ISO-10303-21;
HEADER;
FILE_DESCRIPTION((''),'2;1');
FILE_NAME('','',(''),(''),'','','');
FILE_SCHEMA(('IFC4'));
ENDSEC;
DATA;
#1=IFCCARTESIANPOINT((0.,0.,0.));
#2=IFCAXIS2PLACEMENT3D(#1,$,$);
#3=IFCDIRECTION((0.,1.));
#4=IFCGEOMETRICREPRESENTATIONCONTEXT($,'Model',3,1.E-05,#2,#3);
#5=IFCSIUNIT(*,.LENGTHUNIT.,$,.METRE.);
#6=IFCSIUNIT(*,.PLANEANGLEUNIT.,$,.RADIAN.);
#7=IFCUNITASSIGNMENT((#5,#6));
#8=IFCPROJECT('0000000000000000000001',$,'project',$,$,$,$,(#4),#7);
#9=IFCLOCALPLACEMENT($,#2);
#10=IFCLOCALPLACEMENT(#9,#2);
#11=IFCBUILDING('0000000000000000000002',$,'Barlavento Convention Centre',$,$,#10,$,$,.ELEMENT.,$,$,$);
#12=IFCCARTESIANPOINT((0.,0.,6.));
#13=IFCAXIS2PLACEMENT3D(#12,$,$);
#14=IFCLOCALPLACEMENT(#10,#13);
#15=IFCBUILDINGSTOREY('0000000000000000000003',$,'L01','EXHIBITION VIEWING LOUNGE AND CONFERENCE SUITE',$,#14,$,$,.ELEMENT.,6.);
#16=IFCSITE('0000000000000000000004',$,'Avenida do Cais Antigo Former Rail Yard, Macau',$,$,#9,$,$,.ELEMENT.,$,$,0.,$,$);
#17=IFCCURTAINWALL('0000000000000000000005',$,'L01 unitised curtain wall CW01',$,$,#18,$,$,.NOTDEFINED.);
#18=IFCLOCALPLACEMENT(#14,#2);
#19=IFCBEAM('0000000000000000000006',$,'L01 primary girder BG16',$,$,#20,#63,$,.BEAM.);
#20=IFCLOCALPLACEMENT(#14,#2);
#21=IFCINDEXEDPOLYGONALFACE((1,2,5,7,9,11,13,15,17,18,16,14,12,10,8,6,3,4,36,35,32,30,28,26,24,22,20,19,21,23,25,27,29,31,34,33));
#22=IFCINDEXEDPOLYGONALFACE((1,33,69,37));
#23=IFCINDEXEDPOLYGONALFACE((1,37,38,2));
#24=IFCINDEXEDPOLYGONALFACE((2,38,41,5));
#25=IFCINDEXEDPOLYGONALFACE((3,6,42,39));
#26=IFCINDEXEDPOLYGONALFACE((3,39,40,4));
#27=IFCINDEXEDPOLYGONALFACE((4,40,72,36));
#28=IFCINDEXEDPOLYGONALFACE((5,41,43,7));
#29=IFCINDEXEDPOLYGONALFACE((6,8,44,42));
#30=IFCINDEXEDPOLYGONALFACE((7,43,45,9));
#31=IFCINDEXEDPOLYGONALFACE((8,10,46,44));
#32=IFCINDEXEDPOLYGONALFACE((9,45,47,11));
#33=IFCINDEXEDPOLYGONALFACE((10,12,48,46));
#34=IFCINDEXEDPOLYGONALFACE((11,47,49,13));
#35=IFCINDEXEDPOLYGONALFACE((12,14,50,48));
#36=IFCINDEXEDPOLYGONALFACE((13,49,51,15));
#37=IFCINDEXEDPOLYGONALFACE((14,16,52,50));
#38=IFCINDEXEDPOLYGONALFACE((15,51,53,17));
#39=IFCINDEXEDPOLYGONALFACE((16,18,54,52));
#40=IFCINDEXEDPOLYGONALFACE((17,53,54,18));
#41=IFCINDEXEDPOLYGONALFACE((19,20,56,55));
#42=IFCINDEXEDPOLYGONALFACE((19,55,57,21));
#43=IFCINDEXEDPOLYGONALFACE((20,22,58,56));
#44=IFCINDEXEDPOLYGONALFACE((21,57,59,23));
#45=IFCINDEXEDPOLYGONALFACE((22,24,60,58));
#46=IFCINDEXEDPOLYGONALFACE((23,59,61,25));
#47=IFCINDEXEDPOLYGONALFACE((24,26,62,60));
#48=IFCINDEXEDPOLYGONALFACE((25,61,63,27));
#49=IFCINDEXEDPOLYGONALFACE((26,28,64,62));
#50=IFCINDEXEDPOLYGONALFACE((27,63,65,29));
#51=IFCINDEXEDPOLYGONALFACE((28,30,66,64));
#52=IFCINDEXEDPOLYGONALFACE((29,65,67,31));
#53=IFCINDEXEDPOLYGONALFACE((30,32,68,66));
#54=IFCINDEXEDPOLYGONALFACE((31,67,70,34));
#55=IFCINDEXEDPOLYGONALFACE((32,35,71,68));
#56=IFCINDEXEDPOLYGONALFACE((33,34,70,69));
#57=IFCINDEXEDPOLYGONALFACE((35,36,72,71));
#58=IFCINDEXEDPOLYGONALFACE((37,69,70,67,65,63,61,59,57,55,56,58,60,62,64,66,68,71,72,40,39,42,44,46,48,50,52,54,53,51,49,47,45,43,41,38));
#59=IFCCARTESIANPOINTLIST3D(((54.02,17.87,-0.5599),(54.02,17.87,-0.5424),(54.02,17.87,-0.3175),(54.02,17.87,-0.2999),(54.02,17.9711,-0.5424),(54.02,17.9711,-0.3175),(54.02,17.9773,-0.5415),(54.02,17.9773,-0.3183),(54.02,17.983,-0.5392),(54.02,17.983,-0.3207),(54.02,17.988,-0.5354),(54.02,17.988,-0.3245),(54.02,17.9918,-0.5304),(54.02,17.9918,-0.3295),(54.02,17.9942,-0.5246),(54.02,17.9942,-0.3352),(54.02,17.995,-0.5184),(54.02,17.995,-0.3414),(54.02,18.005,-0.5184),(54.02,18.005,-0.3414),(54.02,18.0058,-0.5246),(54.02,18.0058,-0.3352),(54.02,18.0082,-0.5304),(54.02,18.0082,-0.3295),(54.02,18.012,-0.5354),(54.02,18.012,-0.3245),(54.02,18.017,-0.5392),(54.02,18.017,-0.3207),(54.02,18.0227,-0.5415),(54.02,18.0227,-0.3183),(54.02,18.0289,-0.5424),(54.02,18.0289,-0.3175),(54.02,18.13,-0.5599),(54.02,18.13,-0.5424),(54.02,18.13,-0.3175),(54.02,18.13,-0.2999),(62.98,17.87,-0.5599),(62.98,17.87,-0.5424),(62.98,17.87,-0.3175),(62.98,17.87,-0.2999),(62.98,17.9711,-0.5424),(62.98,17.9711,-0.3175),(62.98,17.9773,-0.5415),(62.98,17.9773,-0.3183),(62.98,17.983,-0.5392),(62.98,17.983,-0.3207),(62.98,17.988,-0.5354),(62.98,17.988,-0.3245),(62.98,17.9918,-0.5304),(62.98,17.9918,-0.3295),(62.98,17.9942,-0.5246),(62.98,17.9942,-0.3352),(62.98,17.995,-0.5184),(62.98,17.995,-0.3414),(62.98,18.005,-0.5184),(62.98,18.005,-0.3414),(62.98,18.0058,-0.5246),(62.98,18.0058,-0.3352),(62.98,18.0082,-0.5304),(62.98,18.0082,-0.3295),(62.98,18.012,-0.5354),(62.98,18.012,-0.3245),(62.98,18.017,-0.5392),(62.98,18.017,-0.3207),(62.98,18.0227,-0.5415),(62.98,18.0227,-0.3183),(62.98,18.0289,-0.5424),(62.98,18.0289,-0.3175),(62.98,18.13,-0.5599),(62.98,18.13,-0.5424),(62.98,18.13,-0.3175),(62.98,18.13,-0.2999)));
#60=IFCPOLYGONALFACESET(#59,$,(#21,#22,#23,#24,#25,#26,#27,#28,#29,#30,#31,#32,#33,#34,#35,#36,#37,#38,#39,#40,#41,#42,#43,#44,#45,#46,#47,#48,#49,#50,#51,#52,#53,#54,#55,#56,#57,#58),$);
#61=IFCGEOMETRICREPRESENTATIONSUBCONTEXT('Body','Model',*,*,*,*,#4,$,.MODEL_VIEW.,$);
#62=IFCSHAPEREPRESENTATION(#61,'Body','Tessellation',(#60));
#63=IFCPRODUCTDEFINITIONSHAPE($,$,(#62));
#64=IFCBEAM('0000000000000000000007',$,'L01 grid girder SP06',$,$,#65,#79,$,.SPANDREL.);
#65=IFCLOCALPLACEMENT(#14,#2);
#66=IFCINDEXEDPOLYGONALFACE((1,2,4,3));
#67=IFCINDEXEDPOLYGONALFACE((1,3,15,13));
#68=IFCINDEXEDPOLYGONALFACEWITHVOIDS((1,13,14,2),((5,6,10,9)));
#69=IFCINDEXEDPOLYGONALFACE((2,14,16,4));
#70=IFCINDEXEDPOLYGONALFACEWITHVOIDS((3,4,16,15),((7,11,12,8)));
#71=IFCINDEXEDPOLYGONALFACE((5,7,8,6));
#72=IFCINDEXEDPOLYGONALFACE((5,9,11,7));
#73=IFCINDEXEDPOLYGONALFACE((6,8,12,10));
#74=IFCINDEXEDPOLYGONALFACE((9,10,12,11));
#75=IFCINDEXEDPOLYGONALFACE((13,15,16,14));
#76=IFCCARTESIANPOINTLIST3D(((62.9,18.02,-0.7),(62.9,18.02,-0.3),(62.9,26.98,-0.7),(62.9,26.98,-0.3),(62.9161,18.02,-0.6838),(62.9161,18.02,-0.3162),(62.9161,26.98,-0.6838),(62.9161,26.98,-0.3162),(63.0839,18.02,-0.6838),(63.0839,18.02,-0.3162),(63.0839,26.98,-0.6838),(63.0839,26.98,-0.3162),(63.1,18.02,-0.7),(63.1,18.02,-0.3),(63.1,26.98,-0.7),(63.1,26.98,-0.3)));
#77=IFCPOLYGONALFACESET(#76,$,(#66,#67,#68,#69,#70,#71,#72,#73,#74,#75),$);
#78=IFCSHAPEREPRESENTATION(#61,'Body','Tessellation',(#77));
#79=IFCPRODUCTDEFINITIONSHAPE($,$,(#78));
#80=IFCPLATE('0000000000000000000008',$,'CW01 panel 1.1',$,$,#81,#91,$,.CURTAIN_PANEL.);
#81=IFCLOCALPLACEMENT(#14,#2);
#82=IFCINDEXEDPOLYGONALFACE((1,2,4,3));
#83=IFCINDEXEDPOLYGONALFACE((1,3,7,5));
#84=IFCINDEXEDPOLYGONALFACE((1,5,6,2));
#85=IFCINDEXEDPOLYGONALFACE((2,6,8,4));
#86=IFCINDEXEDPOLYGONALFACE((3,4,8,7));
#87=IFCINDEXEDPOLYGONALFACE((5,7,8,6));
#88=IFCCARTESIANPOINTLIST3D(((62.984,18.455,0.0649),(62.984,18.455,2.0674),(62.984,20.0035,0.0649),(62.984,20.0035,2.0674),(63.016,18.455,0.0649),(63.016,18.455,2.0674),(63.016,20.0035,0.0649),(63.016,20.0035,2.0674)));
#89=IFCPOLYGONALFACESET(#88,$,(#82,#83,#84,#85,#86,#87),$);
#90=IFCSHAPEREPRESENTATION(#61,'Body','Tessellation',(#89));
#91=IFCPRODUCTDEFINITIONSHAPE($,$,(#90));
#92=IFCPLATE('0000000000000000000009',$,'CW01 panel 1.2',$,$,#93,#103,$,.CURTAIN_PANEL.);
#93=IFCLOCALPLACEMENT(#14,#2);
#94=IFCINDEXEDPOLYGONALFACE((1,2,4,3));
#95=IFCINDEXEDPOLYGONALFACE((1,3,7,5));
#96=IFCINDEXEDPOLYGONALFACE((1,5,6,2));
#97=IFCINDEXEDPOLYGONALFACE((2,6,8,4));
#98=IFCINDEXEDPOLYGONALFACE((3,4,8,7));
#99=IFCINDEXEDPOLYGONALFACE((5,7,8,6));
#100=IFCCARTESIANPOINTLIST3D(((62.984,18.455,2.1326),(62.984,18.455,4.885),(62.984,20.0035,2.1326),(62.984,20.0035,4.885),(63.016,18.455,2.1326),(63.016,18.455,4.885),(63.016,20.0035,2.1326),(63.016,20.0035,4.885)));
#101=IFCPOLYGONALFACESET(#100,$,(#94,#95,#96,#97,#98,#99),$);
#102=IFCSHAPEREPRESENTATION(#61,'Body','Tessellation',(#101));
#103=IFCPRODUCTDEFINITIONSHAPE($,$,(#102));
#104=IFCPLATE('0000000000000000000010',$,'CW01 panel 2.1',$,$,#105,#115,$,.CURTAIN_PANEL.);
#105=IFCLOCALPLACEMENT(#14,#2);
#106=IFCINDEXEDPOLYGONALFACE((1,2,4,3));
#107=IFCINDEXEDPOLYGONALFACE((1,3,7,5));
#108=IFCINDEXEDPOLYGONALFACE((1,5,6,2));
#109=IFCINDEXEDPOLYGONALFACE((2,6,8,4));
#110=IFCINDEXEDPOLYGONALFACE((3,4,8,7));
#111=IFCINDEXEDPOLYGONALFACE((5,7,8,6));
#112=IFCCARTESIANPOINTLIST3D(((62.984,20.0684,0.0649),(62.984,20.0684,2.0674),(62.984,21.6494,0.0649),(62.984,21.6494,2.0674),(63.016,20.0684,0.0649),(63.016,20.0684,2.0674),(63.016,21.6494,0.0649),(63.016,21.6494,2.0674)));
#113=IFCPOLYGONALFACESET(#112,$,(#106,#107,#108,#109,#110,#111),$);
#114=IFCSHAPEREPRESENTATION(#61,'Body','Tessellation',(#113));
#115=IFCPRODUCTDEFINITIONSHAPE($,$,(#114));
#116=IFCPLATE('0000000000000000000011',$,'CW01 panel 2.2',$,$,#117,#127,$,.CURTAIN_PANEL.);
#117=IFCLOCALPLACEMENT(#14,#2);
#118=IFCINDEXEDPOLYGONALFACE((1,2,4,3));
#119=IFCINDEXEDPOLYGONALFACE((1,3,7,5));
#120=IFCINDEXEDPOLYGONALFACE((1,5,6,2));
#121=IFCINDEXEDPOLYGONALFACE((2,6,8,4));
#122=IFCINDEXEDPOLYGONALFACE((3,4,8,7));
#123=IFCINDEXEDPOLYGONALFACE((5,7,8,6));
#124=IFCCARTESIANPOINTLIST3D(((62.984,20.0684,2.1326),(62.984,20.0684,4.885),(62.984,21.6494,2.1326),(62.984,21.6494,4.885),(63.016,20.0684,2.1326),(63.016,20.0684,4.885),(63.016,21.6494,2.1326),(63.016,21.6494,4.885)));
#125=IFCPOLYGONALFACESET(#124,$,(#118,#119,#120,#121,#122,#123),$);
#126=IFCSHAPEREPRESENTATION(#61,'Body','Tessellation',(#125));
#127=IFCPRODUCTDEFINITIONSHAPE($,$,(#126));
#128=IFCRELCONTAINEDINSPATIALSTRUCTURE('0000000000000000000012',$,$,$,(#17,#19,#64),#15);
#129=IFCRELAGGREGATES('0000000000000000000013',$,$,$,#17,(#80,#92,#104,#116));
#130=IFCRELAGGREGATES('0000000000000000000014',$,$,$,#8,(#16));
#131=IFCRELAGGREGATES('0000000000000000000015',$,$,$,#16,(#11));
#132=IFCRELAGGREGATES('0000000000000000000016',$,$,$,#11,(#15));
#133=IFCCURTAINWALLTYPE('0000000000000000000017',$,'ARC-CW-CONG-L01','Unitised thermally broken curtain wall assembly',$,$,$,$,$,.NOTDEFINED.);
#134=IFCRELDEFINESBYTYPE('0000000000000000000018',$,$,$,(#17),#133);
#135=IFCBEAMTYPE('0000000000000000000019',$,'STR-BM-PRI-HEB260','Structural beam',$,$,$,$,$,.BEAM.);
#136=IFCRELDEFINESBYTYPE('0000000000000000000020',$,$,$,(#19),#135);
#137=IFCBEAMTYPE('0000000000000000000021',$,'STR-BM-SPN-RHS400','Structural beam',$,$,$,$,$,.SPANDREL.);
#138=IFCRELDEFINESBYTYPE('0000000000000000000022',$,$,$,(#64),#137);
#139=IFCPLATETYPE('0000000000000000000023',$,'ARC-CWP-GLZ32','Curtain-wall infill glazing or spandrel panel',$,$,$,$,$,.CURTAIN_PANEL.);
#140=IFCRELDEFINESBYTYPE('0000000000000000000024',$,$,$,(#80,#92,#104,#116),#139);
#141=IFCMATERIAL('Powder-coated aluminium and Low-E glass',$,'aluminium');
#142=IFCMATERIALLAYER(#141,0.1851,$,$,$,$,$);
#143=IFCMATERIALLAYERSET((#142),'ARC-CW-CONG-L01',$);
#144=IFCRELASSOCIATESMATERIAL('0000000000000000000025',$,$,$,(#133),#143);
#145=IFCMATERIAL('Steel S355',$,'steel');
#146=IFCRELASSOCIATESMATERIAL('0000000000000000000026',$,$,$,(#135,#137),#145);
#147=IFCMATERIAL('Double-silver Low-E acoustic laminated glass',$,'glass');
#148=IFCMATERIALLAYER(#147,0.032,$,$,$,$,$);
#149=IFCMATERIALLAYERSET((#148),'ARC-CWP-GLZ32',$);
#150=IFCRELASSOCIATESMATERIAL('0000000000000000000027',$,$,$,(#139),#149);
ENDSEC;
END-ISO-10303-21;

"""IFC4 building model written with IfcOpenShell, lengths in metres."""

from ifc_helpers import new_model, si_unit, direction, frame, origin, origin_2d, place, context, subcontext, project, spatial, rectangle, hollow_rectangle, i_section, extrude, material, layer, layer_set, material_profile, profile_set, type_object, element, aggregate, save


model = new_model("IFC4")

# Units and contexts
model_context = context("Model", 3, precision=1e-05, world=origin(), true_north=direction((0.0, 1.0)))
body_context = subcontext(model_context, "Body", "Model", "MODEL_VIEW")
ifc_project = project(units=[si_unit("LENGTHUNIT", "METRE"), si_unit("PLANEANGLEUNIT", "RADIAN")], contexts=[model_context])

# Site, building, storey
site_placement = place(None, origin())
site = spatial("IfcSite", under=ifc_project, at=site_placement, Name="Avenida do Cais Antigo Former Rail Yard, Macau", CompositionType="ELEMENT", RefElevation=0.0)
building_placement = place(site_placement, origin())
building = spatial("IfcBuilding", under=site, at=building_placement, Name="Barlavento Convention Centre", CompositionType="ELEMENT")
storey_placement = place(building_placement, frame((0.0, 0.0, 6.0)))
storey = spatial("IfcBuildingStorey", under=building, at=storey_placement, Name="L01", Description="EXHIBITION VIEWING LOUNGE AND CONFERENCE SUITE", CompositionType="ELEMENT", Elevation=6.0)

# Shared definitions
ifc_material_1 = material(Name="Steel S355", Category="steel")

# Curtain wall
ifc_material_2 = material(Name="Powder-coated aluminium and Low-E glass", Category="aluminium")
ifc_layer_1 = layer(ifc_material_2, 0.1851)
ifc_layer_set_1 = layer_set([ifc_layer_1], Name="ARC-CW-CONG-L01")
curtain_wall_type = type_object("IfcCurtainWallType", Name="ARC-CW-CONG-L01", Description="Unitised thermally broken curtain wall assembly", PredefinedType="NOTDEFINED", material=ifc_layer_set_1)
curtain_wall_placement = place(storey_placement, origin())
curtain_wall = element("IfcCurtainWall", 1, at=curtain_wall_placement, inside=storey, type_object=curtain_wall_type, Name="L01 unitised curtain wall CW01", PredefinedType="NOTDEFINED")

# Beams
ifc_material_profile_1 = material_profile(ifc_material_1, i_section(OverallWidth=0.26, OverallDepth=0.26, WebThickness=0.01, FlangeThickness=0.0176, FilletRadius=0.0239, at=origin_2d()), Name="HEB 260")
ifc_profile_set_1 = profile_set([ifc_material_profile_1], Name="Steel S355")
beam_type_1 = type_object("IfcBeamType", Name="STR-BM-PRI-HEB260", Description="Structural beam", PredefinedType="BEAM", material=ifc_profile_set_1)
beam_1_placement = place(storey_placement, frame((54.02, 18.0, -0.4299), z_axis=(1.0, 0.0, 0.0), x_axis=(0.0, 1.0, 0.0)))
element("IfcBeam", 2, at=beam_1_placement, inside=storey, type_object=beam_type_1, Name="L01 primary girder BG16", PredefinedType="BEAM", context=body_context, shape_type="SweptSolid", body=[
    extrude(i_section(OverallWidth=0.26, OverallDepth=0.26, WebThickness=0.01, FlangeThickness=0.0176, FilletRadius=0.0239, at=origin_2d()), origin(), (0.0, 0.0, 1.0), 8.96),
])
ifc_material_profile_2 = material_profile(ifc_material_1, hollow_rectangle(XDim=0.2, YDim=0.3999, WallThickness=0.0161, at=origin_2d()), Name="RHS 400x200x16.0")
ifc_profile_set_2 = profile_set([ifc_material_profile_2], Name="Steel S355")
beam_type_2 = type_object("IfcBeamType", Name="STR-BM-SPN-RHS400", Description="Structural beam", PredefinedType="SPANDREL", material=ifc_profile_set_2)
beam_2_placement = place(storey_placement, frame((63.0, 18.02, -0.5), z_axis=(0.0, 1.0, 0.0), x_axis=(-1.0, 0.0, 0.0)))
element("IfcBeam", 3, at=beam_2_placement, inside=storey, type_object=beam_type_2, Name="L01 grid girder SP06", PredefinedType="SPANDREL", context=body_context, shape_type="SweptSolid", body=[
    extrude(hollow_rectangle(XDim=0.2, YDim=0.3999, WallThickness=0.0161, at=origin_2d()), origin(), (0.0, 0.0, 1.0), 8.96),
])

# Plates
ifc_material_3 = material(Name="Double-silver Low-E acoustic laminated glass", Category="glass")
ifc_layer_2 = layer(ifc_material_3, 0.032)
ifc_layer_set_2 = layer_set([ifc_layer_2], Name="ARC-CWP-GLZ32")
plate_type = type_object("IfcPlateType", Name="ARC-CWP-GLZ32", Description="Curtain-wall infill glazing or spandrel panel", PredefinedType="CURTAIN_PANEL", material=ifc_layer_set_2)
plate_1_placement = place(storey_placement, frame((63.0, 19.2292, 0.0649), z_axis=(0.0, 0.0, 1.0), x_axis=(0.0, 1.0, 0.0)))
plate_1 = element("IfcPlate", 4, at=plate_1_placement, type_object=plate_type, Name="CW01 panel 1.1", PredefinedType="CURTAIN_PANEL", context=body_context, shape_type="SweptSolid", body=[
    extrude(rectangle(XDim=1.5486, YDim=0.032, at=origin_2d()), origin(), (0.0, 0.0, 1.0), 2.0024),
])
plate_2_placement = place(storey_placement, frame((63.0, 19.2292, 2.1326), z_axis=(0.0, 0.0, 1.0), x_axis=(0.0, 1.0, 0.0)))
plate_2 = element("IfcPlate", 5, at=plate_2_placement, type_object=plate_type, Name="CW01 panel 1.2", PredefinedType="CURTAIN_PANEL", context=body_context, shape_type="SweptSolid", body=[
    extrude(rectangle(XDim=1.5486, YDim=0.032, at=origin_2d()), origin(), (0.0, 0.0, 1.0), 2.7524),
])
plate_3_placement = place(storey_placement, frame((63.0, 20.8589, 0.0649), z_axis=(0.0, 0.0, 1.0), x_axis=(0.0, 1.0, 0.0)))
plate_3 = element("IfcPlate", 6, at=plate_3_placement, type_object=plate_type, Name="CW01 panel 2.1", PredefinedType="CURTAIN_PANEL", context=body_context, shape_type="SweptSolid", body=[
    extrude(rectangle(XDim=1.5811, YDim=0.032, at=origin_2d()), origin(), (0.0, 0.0, 1.0), 2.0024),
])
plate_4_placement = place(storey_placement, frame((63.0, 20.8589, 2.1326), z_axis=(0.0, 0.0, 1.0), x_axis=(0.0, 1.0, 0.0)))
plate_4 = element("IfcPlate", 7, at=plate_4_placement, type_object=plate_type, Name="CW01 panel 2.2", PredefinedType="CURTAIN_PANEL", context=body_context, shape_type="SweptSolid", body=[
    extrude(rectangle(XDim=1.5811, YDim=0.032, at=origin_2d()), origin(), (0.0, 0.0, 1.0), 2.7524),
])
aggregate(curtain_wall, [plate_1, plate_2, plate_3, plate_4])

save(model, "model.ifc")
